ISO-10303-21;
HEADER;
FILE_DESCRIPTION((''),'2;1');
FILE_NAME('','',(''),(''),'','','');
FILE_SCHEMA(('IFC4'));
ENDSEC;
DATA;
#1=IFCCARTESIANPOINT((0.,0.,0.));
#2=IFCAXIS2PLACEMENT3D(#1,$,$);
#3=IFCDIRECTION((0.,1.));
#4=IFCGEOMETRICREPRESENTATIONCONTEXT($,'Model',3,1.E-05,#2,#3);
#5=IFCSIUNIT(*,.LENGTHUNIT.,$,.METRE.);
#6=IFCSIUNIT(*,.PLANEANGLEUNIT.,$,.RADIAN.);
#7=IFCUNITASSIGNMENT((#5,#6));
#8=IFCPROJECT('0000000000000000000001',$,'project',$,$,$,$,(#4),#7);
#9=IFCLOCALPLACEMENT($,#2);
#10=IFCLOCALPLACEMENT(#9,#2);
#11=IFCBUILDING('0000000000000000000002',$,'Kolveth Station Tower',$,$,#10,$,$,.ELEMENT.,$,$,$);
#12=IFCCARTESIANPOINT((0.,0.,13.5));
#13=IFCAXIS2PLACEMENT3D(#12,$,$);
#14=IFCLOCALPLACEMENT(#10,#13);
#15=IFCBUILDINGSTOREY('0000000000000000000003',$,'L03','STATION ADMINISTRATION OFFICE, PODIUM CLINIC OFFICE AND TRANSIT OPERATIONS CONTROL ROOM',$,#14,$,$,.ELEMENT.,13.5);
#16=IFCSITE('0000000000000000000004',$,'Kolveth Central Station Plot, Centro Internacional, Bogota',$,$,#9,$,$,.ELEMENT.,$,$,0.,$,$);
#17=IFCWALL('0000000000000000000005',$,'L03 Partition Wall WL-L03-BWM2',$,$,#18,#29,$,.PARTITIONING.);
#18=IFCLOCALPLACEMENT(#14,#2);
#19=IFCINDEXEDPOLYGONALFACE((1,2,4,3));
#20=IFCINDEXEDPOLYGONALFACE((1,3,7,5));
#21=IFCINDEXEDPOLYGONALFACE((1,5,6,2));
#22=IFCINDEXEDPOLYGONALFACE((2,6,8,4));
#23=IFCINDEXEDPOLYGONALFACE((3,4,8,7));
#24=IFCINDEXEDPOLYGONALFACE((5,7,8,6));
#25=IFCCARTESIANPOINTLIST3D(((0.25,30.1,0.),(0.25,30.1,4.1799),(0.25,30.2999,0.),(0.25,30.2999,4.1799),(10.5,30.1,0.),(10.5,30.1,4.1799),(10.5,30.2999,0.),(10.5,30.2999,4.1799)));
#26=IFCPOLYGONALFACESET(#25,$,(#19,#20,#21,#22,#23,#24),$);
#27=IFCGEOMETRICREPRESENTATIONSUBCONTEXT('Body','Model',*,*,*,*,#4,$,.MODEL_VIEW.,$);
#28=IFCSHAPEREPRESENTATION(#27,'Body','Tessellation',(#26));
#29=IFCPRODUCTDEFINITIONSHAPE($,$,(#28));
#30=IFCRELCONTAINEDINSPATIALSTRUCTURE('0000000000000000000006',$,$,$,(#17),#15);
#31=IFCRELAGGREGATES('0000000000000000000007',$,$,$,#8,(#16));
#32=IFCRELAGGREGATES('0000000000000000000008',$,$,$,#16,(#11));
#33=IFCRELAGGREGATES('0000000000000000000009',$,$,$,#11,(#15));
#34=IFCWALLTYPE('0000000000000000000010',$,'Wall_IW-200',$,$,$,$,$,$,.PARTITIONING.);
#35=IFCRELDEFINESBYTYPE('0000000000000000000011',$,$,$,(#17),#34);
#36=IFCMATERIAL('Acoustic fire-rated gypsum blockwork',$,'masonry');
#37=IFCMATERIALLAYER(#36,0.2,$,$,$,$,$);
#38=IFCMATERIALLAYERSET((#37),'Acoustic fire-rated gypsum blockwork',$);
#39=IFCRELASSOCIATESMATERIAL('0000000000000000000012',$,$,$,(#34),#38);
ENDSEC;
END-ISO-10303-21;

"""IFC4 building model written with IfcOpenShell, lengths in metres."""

from ifc_helpers import new_model, si_unit, direction, frame, frame_2d, origin, place, context, subcontext, project, spatial, rectangle, extrude, material, layer, layer_set, type_object, element, save


model = new_model("IFC4")

# Units and contexts
model_context = context("Model", 3, precision=1e-05, world=origin(), true_north=direction((0.0, 1.0)))
body_context = subcontext(model_context, "Body", "Model", "MODEL_VIEW")
ifc_project = project(units=[si_unit("LENGTHUNIT", "METRE"), si_unit("PLANEANGLEUNIT", "RADIAN")], contexts=[model_context])

# Site, building, storey
site_placement = place(None, origin())
site = spatial("IfcSite", under=ifc_project, at=site_placement, Name="Kolveth Central Station Plot, Centro Internacional, Bogota", CompositionType="ELEMENT", RefElevation=0.0)
building_placement = place(site_placement, origin())
building = spatial("IfcBuilding", under=site, at=building_placement, Name="Kolveth Station Tower", CompositionType="ELEMENT")
storey_placement = place(building_placement, frame((0.0, 0.0, 13.5)))
storey = spatial("IfcBuildingStorey", under=building, at=storey_placement, Name="L03", Description="STATION ADMINISTRATION OFFICE, PODIUM CLINIC OFFICE AND TRANSIT OPERATIONS CONTROL ROOM", CompositionType="ELEMENT", Elevation=13.5)

# Wall
ifc_material_1 = material(Name="Acoustic fire-rated gypsum blockwork", Category="masonry")
ifc_layer_1 = layer(ifc_material_1, 0.2)
ifc_layer_set_1 = layer_set([ifc_layer_1], Name="Acoustic fire-rated gypsum blockwork")
wall_type_1 = type_object("IfcWallType", Name="Wall_IW-200", PredefinedType="PARTITIONING", material=ifc_layer_set_1)
wall_1_placement = place(storey_placement, frame((0.25, 30.2, 0.0), z_axis=(0.0, 0.0, 1.0), x_axis=(1.0, 0.0, 0.0)))
element("IfcWall", 1, at=wall_1_placement, inside=storey, type_object=wall_type_1, Name="L03 Partition Wall WL-L03-BWM2", PredefinedType="PARTITIONING", context=body_context, shape_type="SweptSolid", body=[
    extrude(rectangle(XDim=10.25, YDim=0.2, at=frame_2d((5.125, 0.0))), origin(), (0.0, 0.0, 1.0), 4.1799),
])

save(model, "model.ifc")
